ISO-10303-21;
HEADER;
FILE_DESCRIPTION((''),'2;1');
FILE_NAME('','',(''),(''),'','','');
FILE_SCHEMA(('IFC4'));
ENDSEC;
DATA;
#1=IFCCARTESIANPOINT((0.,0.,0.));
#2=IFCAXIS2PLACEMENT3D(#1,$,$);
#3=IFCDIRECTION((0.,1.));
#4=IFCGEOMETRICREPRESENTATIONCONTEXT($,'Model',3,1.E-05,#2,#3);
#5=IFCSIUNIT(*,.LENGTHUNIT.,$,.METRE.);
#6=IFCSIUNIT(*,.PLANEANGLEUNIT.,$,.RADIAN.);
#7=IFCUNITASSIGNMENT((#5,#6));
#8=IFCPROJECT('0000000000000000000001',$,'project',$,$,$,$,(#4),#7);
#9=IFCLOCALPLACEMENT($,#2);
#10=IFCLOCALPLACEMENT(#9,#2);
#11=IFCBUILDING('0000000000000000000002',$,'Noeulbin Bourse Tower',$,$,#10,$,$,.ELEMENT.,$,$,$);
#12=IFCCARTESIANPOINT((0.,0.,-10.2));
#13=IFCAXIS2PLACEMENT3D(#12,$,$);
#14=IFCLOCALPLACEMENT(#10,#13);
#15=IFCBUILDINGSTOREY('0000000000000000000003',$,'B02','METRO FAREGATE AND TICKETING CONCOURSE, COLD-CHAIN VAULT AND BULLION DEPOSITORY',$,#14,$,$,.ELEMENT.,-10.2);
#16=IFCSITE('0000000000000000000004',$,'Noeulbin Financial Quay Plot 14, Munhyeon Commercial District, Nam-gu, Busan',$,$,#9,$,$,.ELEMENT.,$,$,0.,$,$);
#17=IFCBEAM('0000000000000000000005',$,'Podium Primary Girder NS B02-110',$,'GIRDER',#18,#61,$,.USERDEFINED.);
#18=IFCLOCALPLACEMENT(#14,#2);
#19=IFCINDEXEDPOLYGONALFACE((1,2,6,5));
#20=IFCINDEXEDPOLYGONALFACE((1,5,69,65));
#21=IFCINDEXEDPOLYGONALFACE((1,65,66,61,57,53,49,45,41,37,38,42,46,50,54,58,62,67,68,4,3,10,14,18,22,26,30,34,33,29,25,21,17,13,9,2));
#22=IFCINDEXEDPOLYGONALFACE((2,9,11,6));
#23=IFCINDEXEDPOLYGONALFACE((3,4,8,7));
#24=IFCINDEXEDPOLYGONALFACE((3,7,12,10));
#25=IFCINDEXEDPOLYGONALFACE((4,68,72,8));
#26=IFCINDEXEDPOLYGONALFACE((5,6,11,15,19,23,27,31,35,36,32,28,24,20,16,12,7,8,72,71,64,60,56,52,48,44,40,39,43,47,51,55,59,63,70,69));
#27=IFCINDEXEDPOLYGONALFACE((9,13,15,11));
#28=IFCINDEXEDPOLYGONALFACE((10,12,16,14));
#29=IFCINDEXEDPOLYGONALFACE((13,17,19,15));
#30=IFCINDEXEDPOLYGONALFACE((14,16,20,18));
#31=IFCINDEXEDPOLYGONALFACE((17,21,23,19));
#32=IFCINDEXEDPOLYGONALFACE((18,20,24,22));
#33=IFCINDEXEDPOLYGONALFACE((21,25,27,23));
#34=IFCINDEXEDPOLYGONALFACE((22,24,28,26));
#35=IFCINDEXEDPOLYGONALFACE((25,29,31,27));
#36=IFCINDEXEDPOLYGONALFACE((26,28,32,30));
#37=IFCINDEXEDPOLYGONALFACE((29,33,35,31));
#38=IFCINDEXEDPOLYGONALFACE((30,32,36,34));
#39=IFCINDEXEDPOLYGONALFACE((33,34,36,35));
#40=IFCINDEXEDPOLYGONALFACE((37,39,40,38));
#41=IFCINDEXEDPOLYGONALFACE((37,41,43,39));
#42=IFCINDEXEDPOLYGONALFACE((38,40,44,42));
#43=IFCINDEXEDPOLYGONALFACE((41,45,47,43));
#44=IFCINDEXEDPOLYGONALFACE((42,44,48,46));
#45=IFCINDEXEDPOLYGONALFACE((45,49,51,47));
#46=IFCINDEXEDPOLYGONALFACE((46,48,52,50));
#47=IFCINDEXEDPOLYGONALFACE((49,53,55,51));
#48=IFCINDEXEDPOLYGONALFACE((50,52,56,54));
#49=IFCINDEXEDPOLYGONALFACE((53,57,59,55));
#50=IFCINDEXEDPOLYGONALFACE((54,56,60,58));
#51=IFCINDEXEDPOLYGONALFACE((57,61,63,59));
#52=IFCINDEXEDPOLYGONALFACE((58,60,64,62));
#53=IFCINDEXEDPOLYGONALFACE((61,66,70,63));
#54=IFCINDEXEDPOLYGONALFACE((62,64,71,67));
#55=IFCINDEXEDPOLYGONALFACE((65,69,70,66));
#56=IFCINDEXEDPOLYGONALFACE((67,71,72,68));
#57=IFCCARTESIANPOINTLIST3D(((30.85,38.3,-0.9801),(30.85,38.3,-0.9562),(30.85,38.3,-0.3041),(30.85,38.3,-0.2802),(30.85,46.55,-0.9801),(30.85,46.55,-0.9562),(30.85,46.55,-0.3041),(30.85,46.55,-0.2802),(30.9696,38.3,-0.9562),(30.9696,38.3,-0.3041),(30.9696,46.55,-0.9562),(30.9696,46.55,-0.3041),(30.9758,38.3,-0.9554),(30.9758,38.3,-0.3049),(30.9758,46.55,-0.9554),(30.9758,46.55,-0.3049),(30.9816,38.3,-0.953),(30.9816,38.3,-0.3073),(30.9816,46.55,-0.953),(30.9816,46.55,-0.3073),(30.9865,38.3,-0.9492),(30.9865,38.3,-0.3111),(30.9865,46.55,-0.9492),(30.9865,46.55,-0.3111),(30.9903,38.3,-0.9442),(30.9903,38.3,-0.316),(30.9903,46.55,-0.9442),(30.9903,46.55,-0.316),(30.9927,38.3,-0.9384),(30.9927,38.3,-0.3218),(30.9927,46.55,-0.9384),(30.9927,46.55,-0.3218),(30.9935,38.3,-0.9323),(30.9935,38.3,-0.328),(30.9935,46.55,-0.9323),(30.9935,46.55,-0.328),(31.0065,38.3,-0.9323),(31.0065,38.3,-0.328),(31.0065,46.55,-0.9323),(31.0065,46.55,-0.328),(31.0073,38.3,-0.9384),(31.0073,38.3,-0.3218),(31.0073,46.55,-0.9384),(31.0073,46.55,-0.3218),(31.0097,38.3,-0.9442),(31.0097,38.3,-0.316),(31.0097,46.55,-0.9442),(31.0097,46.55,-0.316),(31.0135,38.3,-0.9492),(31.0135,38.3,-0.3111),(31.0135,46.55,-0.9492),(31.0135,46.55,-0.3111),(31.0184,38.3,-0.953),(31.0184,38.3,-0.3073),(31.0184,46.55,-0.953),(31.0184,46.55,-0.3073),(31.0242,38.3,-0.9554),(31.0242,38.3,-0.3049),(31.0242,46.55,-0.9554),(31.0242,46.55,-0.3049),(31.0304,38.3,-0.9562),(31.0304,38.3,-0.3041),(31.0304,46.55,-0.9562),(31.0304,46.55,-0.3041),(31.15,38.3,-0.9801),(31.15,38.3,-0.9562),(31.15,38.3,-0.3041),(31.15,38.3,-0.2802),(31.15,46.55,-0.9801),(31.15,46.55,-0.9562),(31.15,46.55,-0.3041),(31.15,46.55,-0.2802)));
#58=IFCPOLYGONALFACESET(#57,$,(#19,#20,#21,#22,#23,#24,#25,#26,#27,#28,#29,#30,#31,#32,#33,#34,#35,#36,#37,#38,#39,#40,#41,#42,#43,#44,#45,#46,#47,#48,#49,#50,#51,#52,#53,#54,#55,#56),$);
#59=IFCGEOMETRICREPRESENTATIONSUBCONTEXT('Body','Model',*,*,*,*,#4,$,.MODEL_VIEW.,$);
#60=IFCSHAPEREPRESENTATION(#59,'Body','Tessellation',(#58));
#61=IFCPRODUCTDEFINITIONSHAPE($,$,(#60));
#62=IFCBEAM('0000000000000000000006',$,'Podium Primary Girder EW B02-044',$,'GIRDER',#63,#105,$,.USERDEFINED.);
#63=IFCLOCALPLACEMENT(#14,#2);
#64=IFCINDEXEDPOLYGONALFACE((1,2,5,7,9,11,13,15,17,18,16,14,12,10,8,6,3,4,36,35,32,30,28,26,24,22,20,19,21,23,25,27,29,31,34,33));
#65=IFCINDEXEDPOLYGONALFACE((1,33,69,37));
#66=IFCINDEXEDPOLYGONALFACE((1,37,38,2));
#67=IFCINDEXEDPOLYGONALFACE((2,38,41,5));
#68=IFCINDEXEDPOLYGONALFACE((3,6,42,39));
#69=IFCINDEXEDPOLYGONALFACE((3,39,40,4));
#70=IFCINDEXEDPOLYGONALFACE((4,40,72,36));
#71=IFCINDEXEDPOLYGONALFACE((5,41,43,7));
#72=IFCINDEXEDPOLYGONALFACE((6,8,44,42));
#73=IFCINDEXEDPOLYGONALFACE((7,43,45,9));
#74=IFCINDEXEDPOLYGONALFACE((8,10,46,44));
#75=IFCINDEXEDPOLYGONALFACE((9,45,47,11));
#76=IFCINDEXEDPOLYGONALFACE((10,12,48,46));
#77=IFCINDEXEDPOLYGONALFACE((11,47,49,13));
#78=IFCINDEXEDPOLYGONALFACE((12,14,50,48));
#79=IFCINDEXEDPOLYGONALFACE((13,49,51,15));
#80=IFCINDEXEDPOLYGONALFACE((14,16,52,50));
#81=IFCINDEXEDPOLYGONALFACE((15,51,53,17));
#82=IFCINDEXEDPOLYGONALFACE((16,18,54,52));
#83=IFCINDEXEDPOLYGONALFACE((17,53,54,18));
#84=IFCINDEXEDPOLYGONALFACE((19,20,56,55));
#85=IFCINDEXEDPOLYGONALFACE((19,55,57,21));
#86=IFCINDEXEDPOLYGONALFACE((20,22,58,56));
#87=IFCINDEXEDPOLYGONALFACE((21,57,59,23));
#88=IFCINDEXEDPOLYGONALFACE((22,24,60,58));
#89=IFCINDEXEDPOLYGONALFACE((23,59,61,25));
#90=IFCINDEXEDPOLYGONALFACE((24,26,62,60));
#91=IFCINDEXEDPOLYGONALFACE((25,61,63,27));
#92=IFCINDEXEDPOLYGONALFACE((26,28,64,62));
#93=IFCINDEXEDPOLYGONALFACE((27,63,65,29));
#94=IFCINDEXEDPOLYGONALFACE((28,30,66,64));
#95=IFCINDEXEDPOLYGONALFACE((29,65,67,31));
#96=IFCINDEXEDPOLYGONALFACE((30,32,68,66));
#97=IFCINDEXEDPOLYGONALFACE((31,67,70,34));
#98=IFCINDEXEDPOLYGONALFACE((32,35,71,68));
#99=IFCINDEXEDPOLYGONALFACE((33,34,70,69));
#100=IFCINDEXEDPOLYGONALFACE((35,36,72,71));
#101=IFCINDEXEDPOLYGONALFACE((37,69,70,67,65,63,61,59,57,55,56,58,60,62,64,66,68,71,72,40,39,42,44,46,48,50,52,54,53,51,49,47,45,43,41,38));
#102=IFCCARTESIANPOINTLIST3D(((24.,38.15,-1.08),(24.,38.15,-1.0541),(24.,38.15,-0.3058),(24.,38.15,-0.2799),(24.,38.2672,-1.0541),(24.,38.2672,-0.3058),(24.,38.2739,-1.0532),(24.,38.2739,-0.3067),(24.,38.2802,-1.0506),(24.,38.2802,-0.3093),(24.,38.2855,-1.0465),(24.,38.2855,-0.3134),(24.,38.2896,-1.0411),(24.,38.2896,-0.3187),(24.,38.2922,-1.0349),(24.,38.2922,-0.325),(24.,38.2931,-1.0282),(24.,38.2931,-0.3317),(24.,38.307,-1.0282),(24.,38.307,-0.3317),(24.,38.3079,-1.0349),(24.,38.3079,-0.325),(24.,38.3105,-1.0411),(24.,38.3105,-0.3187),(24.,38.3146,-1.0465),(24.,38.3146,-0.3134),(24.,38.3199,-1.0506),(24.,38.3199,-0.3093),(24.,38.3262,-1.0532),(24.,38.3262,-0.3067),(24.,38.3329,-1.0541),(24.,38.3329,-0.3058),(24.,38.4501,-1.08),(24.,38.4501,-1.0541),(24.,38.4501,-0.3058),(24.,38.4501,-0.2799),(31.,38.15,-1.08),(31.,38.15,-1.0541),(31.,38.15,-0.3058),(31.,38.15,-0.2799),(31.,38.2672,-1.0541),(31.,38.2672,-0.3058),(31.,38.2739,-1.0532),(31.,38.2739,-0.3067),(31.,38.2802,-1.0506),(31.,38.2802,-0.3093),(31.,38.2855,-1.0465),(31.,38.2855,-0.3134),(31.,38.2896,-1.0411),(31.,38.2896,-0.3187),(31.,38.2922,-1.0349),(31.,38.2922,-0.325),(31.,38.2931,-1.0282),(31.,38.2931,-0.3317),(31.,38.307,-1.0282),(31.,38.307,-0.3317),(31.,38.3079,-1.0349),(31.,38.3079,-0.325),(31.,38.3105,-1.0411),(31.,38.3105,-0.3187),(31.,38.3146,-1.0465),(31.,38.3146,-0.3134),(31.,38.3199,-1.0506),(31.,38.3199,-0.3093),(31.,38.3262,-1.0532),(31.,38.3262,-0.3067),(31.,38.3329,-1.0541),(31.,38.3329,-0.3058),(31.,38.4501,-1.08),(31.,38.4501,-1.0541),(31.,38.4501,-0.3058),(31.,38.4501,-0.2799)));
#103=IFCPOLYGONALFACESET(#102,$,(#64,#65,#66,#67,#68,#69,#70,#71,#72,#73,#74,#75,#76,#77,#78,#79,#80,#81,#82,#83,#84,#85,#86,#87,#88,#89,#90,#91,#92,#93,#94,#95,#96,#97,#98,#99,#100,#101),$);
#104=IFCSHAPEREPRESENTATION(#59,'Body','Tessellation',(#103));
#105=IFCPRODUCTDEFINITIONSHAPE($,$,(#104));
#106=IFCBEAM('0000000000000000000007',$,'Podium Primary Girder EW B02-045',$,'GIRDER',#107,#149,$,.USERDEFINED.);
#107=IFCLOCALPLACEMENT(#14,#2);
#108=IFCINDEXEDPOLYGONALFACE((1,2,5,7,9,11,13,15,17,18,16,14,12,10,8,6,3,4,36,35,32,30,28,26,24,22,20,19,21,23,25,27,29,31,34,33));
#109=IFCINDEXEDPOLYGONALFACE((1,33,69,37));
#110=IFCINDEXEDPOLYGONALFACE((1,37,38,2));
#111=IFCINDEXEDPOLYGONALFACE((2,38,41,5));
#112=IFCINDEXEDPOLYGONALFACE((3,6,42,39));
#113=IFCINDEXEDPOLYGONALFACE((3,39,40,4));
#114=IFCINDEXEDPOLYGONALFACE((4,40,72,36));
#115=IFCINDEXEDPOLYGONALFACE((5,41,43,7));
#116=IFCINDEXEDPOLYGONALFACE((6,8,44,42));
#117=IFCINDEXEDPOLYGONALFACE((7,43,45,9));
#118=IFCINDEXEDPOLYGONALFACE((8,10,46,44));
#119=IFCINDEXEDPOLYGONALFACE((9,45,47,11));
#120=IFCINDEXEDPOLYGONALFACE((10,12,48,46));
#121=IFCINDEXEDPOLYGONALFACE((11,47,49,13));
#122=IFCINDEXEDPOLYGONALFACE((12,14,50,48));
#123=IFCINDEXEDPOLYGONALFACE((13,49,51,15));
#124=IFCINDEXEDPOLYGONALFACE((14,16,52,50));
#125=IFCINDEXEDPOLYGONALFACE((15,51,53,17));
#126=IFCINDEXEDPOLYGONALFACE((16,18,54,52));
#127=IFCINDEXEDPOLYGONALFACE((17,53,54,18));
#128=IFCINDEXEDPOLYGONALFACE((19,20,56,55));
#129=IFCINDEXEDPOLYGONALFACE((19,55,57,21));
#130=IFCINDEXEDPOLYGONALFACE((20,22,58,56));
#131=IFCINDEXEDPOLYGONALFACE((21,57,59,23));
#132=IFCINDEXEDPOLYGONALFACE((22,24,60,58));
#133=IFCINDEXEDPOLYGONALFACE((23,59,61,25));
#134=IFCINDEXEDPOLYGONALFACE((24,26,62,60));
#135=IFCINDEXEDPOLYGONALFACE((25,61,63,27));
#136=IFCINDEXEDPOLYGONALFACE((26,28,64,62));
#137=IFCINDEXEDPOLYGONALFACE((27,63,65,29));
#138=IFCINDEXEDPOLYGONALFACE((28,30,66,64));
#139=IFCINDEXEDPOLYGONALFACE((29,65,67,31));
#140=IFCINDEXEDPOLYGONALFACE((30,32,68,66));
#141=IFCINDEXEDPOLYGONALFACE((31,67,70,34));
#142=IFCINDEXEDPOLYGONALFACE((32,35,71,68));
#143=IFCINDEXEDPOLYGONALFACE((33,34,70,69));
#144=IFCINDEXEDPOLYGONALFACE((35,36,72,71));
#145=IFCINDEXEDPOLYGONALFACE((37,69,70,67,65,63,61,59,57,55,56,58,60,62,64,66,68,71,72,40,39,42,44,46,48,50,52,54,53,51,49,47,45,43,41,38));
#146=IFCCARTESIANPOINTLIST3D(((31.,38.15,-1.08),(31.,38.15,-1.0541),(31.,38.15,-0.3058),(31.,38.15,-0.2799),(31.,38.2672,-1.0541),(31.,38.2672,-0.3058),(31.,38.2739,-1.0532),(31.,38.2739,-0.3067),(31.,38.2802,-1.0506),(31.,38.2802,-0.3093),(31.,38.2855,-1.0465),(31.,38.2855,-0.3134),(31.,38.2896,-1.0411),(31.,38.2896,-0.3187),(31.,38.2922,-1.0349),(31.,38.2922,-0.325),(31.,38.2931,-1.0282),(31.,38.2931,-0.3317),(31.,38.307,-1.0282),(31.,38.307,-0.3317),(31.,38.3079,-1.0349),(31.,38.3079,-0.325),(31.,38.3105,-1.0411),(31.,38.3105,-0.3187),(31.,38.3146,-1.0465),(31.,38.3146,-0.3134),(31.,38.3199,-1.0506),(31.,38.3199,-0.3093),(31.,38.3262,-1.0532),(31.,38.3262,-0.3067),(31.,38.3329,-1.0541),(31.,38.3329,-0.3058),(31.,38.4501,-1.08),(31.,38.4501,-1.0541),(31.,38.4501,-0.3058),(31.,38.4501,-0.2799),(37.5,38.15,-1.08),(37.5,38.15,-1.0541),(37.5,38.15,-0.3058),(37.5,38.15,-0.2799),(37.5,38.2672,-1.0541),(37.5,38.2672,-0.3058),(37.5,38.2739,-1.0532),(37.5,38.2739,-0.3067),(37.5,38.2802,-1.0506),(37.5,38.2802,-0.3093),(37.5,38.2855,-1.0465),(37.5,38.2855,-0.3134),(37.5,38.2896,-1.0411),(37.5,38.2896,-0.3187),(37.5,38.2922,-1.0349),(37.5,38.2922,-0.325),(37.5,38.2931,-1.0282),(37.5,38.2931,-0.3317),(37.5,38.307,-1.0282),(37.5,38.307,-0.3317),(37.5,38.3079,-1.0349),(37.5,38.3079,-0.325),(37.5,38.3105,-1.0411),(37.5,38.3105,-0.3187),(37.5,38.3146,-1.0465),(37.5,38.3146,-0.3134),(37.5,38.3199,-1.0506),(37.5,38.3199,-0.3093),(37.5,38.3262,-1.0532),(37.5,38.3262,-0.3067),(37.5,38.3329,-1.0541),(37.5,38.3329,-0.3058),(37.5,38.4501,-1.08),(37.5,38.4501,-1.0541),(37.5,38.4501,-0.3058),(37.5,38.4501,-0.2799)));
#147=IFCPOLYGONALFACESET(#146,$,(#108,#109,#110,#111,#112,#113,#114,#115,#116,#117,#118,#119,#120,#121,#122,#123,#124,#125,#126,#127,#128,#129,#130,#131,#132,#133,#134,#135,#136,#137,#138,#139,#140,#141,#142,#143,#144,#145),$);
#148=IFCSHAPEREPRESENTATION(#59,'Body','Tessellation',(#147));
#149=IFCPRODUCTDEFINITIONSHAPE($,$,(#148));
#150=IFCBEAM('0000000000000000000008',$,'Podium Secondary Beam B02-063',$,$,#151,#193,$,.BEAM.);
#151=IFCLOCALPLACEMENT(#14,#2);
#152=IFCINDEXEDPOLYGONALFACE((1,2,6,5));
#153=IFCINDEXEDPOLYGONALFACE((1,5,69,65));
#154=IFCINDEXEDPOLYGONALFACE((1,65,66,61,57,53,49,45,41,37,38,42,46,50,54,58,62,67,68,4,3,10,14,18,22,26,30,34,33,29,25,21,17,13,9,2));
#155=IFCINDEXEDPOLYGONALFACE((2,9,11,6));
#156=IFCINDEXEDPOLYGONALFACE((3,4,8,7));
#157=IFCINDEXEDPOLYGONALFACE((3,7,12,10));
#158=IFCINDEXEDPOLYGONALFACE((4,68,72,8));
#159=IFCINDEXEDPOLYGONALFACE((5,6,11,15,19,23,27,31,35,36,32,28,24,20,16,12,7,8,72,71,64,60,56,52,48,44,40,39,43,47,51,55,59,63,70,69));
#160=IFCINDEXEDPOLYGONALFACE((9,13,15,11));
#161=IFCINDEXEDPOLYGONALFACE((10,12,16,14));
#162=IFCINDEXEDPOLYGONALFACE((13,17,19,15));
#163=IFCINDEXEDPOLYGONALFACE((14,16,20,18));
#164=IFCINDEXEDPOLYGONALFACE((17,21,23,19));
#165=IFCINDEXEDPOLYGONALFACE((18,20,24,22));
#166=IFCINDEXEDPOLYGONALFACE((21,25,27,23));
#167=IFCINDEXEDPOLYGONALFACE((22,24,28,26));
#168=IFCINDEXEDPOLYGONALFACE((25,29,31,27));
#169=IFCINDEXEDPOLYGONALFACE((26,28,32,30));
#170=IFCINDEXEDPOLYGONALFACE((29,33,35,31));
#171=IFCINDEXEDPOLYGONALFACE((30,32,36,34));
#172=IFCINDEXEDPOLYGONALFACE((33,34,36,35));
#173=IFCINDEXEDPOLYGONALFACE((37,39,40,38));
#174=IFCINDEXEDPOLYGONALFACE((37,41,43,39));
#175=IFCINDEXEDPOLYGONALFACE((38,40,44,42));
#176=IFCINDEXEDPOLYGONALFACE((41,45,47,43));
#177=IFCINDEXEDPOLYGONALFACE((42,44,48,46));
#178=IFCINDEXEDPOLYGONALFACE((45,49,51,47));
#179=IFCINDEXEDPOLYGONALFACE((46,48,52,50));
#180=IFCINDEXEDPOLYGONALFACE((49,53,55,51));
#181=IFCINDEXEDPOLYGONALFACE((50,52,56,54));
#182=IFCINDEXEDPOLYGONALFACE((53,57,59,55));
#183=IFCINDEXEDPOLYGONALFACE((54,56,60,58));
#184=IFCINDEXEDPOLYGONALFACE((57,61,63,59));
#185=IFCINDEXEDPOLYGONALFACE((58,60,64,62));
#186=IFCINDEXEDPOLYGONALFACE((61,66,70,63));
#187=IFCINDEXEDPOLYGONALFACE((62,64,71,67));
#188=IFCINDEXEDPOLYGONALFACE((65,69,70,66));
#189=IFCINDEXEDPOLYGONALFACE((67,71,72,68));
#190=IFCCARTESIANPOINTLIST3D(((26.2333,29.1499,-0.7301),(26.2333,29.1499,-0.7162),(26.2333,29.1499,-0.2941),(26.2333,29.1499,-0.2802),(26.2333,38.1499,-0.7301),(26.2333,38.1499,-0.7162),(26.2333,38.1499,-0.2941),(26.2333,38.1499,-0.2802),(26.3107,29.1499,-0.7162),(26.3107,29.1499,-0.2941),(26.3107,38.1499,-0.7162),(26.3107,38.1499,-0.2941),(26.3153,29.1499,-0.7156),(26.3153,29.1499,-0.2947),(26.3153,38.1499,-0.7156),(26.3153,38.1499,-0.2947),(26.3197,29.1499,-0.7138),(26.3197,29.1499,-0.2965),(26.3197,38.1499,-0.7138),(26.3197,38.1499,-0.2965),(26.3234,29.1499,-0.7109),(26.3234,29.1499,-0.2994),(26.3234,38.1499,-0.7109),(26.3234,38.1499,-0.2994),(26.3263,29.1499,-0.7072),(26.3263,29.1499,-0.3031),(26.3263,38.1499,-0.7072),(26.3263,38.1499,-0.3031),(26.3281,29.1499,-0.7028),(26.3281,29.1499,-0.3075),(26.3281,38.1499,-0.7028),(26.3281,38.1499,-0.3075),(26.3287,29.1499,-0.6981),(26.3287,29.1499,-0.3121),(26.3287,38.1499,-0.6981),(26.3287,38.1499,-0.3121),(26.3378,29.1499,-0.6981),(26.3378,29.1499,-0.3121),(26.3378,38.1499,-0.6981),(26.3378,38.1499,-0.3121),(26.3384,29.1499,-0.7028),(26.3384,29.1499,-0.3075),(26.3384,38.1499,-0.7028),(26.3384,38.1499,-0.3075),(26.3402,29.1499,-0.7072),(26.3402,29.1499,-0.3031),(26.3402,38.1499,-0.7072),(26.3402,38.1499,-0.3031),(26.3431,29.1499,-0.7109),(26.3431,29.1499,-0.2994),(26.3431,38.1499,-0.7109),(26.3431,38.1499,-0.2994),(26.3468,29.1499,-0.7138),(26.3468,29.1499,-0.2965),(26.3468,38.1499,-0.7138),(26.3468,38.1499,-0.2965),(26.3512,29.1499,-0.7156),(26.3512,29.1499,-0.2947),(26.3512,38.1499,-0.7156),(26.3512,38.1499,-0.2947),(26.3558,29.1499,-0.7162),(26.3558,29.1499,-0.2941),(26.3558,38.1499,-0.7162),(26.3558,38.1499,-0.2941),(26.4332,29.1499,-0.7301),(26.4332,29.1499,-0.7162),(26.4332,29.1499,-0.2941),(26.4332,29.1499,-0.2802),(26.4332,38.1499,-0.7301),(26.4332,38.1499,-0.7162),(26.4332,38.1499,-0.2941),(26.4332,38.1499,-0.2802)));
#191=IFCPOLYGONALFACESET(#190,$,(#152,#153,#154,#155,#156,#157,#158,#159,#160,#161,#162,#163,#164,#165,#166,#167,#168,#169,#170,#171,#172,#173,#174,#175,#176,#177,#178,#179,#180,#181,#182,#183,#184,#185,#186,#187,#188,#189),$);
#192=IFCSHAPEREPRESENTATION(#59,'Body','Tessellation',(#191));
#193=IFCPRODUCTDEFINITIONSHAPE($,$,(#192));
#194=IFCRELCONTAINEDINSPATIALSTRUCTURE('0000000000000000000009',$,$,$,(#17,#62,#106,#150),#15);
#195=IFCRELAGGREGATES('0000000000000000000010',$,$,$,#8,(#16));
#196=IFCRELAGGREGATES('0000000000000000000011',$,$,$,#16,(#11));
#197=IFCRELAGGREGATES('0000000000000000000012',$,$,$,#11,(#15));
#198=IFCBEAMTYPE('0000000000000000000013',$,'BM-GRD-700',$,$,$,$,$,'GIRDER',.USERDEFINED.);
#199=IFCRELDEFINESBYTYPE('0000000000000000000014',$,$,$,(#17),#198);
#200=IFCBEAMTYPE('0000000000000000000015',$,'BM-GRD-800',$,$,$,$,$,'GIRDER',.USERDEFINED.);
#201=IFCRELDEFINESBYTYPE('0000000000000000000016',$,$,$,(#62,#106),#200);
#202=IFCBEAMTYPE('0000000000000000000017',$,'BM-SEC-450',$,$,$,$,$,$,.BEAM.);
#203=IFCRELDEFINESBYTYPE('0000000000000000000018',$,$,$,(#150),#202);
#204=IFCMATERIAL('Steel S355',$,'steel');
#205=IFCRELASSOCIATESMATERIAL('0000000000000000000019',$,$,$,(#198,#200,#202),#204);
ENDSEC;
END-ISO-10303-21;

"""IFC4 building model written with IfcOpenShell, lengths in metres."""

from ifc_helpers import new_model, si_unit, direction, frame, origin, origin_2d, place, context, subcontext, project, spatial, i_section, extrude, material, material_profile, profile_set, type_object, element, save


model = new_model("IFC4")

# Units and contexts
model_context = context("Model", 3, precision=1e-05, world=origin(), true_north=direction((0.0, 1.0)))
body_context = subcontext(model_context, "Body", "Model", "MODEL_VIEW")
ifc_project = project(units=[si_unit("LENGTHUNIT", "METRE"), si_unit("PLANEANGLEUNIT", "RADIAN")], contexts=[model_context])

# Site, building, storey
site_placement = place(None, origin())
site = spatial("IfcSite", under=ifc_project, at=site_placement, Name="Noeulbin Financial Quay Plot 14, Munhyeon Commercial District, Nam-gu, Busan", CompositionType="ELEMENT", RefElevation=0.0)
building_placement = place(site_placement, origin())
building = spatial("IfcBuilding", under=site, at=building_placement, Name="Noeulbin Bourse Tower", CompositionType="ELEMENT")
storey_placement = place(building_placement, frame((0.0, 0.0, -10.2)))
storey = spatial("IfcBuildingStorey", under=building, at=storey_placement, Name="B02", Description="METRO FAREGATE AND TICKETING CONCOURSE, COLD-CHAIN VAULT AND BULLION DEPOSITORY", CompositionType="ELEMENT", Elevation=-10.2)

# Beams
ifc_material_1 = material(Name="Steel S355", Category="steel")
ifc_material_profile_1 = material_profile(ifc_material_1, i_section(OverallWidth=0.3, OverallDepth=0.7, WebThickness=0.0129, FlangeThickness=0.0239, FilletRadius=0.0239, at=origin_2d()), Name="H-700x300x13x24", Category="LoadBearing")
ifc_profile_set_1 = profile_set([ifc_material_profile_1], Name="Steel S355")
beam_type_1 = type_object("IfcBeamType", Name="BM-GRD-700", ElementType="GIRDER", PredefinedType="USERDEFINED", material=ifc_profile_set_1)
for number, where, z_axis, x_axis, name in (
    (1, (31.0, 38.3, -0.6301), (0.0, 1.0, 0.0), (-1.0, 0.0, 0.0), "Podium Primary Girder NS B02-110"),
):
    element("IfcBeam", number, at=place(storey_placement, frame(where, z_axis=z_axis, x_axis=x_axis)), inside=storey, type_object=beam_type_1, Name=name, ObjectType="GIRDER", PredefinedType="USERDEFINED", context=body_context, shape_type="SweptSolid", body=[
        extrude(i_section(OverallWidth=0.3, OverallDepth=0.7, WebThickness=0.0129, FlangeThickness=0.0239, FilletRadius=0.0239, at=origin_2d()), origin(), (0.0, 0.0, 1.0), 8.25),
    ])
ifc_material_profile_2 = material_profile(ifc_material_1, i_section(OverallWidth=0.3, OverallDepth=0.8, WebThickness=0.0139, FlangeThickness=0.0259, FilletRadius=0.0259, at=origin_2d()), Name="H-800x300x14x26", Category="LoadBearing")
ifc_profile_set_2 = profile_set([ifc_material_profile_2], Name="Steel S355")
beam_type_2 = type_object("IfcBeamType", Name="BM-GRD-800", ElementType="GIRDER", PredefinedType="USERDEFINED", material=ifc_profile_set_2)
beam_1_placement = place(storey_placement, frame((24.0, 38.3, -0.6799), z_axis=(1.0, 0.0, 0.0), x_axis=(0.0, 1.0, 0.0)))
element("IfcBeam", 2, at=beam_1_placement, inside=storey, type_object=beam_type_2, Name="Podium Primary Girder EW B02-044", ObjectType="GIRDER", PredefinedType="USERDEFINED", context=body_context, shape_type="SweptSolid", body=[
    extrude(i_section(OverallWidth=0.3, OverallDepth=0.8, WebThickness=0.0139, FlangeThickness=0.0259, FilletRadius=0.0259, at=origin_2d()), origin(), (0.0, 0.0, 1.0), 7.0),
])
beam_2_placement = place(storey_placement, frame((31.0, 38.3, -0.6799), z_axis=(1.0, 0.0, 0.0), x_axis=(0.0, 1.0, 0.0)))
element("IfcBeam", 3, at=beam_2_placement, inside=storey, type_object=beam_type_2, Name="Podium Primary Girder EW B02-045", ObjectType="GIRDER", PredefinedType="USERDEFINED", context=body_context, shape_type="SweptSolid", body=[
    extrude(i_section(OverallWidth=0.3, OverallDepth=0.8, WebThickness=0.0139, FlangeThickness=0.0259, FilletRadius=0.0259, at=origin_2d()), origin(), (0.0, 0.0, 1.0), 6.5),
])
ifc_material_profile_3 = material_profile(ifc_material_1, i_section(OverallWidth=0.2, OverallDepth=0.45, WebThickness=0.009, FlangeThickness=0.0139, FilletRadius=0.0181, at=origin_2d()), Name="H-450x200x9x14", Category="LoadBearing")
ifc_profile_set_3 = profile_set([ifc_material_profile_3], Name="Steel S355")
beam_type_3 = type_object("IfcBeamType", Name="BM-SEC-450", PredefinedType="BEAM", material=ifc_profile_set_3)
for number, where, z_axis, x_axis, name in (
    (4, (26.3333, 29.1499, -0.5051), (0.0, 1.0, 0.0), (-1.0, 0.0, 0.0), "Podium Secondary Beam B02-063"),
):
    element("IfcBeam", number, at=place(storey_placement, frame(where, z_axis=z_axis, x_axis=x_axis)), inside=storey, type_object=beam_type_3, Name=name, PredefinedType="BEAM", context=body_context, shape_type="SweptSolid", body=[
        extrude(i_section(OverallWidth=0.2, OverallDepth=0.45, WebThickness=0.009, FlangeThickness=0.0139, FilletRadius=0.0181, at=origin_2d()), origin(), (0.0, 0.0, 1.0), 9.0),
    ])

save(model, "model.ifc")
